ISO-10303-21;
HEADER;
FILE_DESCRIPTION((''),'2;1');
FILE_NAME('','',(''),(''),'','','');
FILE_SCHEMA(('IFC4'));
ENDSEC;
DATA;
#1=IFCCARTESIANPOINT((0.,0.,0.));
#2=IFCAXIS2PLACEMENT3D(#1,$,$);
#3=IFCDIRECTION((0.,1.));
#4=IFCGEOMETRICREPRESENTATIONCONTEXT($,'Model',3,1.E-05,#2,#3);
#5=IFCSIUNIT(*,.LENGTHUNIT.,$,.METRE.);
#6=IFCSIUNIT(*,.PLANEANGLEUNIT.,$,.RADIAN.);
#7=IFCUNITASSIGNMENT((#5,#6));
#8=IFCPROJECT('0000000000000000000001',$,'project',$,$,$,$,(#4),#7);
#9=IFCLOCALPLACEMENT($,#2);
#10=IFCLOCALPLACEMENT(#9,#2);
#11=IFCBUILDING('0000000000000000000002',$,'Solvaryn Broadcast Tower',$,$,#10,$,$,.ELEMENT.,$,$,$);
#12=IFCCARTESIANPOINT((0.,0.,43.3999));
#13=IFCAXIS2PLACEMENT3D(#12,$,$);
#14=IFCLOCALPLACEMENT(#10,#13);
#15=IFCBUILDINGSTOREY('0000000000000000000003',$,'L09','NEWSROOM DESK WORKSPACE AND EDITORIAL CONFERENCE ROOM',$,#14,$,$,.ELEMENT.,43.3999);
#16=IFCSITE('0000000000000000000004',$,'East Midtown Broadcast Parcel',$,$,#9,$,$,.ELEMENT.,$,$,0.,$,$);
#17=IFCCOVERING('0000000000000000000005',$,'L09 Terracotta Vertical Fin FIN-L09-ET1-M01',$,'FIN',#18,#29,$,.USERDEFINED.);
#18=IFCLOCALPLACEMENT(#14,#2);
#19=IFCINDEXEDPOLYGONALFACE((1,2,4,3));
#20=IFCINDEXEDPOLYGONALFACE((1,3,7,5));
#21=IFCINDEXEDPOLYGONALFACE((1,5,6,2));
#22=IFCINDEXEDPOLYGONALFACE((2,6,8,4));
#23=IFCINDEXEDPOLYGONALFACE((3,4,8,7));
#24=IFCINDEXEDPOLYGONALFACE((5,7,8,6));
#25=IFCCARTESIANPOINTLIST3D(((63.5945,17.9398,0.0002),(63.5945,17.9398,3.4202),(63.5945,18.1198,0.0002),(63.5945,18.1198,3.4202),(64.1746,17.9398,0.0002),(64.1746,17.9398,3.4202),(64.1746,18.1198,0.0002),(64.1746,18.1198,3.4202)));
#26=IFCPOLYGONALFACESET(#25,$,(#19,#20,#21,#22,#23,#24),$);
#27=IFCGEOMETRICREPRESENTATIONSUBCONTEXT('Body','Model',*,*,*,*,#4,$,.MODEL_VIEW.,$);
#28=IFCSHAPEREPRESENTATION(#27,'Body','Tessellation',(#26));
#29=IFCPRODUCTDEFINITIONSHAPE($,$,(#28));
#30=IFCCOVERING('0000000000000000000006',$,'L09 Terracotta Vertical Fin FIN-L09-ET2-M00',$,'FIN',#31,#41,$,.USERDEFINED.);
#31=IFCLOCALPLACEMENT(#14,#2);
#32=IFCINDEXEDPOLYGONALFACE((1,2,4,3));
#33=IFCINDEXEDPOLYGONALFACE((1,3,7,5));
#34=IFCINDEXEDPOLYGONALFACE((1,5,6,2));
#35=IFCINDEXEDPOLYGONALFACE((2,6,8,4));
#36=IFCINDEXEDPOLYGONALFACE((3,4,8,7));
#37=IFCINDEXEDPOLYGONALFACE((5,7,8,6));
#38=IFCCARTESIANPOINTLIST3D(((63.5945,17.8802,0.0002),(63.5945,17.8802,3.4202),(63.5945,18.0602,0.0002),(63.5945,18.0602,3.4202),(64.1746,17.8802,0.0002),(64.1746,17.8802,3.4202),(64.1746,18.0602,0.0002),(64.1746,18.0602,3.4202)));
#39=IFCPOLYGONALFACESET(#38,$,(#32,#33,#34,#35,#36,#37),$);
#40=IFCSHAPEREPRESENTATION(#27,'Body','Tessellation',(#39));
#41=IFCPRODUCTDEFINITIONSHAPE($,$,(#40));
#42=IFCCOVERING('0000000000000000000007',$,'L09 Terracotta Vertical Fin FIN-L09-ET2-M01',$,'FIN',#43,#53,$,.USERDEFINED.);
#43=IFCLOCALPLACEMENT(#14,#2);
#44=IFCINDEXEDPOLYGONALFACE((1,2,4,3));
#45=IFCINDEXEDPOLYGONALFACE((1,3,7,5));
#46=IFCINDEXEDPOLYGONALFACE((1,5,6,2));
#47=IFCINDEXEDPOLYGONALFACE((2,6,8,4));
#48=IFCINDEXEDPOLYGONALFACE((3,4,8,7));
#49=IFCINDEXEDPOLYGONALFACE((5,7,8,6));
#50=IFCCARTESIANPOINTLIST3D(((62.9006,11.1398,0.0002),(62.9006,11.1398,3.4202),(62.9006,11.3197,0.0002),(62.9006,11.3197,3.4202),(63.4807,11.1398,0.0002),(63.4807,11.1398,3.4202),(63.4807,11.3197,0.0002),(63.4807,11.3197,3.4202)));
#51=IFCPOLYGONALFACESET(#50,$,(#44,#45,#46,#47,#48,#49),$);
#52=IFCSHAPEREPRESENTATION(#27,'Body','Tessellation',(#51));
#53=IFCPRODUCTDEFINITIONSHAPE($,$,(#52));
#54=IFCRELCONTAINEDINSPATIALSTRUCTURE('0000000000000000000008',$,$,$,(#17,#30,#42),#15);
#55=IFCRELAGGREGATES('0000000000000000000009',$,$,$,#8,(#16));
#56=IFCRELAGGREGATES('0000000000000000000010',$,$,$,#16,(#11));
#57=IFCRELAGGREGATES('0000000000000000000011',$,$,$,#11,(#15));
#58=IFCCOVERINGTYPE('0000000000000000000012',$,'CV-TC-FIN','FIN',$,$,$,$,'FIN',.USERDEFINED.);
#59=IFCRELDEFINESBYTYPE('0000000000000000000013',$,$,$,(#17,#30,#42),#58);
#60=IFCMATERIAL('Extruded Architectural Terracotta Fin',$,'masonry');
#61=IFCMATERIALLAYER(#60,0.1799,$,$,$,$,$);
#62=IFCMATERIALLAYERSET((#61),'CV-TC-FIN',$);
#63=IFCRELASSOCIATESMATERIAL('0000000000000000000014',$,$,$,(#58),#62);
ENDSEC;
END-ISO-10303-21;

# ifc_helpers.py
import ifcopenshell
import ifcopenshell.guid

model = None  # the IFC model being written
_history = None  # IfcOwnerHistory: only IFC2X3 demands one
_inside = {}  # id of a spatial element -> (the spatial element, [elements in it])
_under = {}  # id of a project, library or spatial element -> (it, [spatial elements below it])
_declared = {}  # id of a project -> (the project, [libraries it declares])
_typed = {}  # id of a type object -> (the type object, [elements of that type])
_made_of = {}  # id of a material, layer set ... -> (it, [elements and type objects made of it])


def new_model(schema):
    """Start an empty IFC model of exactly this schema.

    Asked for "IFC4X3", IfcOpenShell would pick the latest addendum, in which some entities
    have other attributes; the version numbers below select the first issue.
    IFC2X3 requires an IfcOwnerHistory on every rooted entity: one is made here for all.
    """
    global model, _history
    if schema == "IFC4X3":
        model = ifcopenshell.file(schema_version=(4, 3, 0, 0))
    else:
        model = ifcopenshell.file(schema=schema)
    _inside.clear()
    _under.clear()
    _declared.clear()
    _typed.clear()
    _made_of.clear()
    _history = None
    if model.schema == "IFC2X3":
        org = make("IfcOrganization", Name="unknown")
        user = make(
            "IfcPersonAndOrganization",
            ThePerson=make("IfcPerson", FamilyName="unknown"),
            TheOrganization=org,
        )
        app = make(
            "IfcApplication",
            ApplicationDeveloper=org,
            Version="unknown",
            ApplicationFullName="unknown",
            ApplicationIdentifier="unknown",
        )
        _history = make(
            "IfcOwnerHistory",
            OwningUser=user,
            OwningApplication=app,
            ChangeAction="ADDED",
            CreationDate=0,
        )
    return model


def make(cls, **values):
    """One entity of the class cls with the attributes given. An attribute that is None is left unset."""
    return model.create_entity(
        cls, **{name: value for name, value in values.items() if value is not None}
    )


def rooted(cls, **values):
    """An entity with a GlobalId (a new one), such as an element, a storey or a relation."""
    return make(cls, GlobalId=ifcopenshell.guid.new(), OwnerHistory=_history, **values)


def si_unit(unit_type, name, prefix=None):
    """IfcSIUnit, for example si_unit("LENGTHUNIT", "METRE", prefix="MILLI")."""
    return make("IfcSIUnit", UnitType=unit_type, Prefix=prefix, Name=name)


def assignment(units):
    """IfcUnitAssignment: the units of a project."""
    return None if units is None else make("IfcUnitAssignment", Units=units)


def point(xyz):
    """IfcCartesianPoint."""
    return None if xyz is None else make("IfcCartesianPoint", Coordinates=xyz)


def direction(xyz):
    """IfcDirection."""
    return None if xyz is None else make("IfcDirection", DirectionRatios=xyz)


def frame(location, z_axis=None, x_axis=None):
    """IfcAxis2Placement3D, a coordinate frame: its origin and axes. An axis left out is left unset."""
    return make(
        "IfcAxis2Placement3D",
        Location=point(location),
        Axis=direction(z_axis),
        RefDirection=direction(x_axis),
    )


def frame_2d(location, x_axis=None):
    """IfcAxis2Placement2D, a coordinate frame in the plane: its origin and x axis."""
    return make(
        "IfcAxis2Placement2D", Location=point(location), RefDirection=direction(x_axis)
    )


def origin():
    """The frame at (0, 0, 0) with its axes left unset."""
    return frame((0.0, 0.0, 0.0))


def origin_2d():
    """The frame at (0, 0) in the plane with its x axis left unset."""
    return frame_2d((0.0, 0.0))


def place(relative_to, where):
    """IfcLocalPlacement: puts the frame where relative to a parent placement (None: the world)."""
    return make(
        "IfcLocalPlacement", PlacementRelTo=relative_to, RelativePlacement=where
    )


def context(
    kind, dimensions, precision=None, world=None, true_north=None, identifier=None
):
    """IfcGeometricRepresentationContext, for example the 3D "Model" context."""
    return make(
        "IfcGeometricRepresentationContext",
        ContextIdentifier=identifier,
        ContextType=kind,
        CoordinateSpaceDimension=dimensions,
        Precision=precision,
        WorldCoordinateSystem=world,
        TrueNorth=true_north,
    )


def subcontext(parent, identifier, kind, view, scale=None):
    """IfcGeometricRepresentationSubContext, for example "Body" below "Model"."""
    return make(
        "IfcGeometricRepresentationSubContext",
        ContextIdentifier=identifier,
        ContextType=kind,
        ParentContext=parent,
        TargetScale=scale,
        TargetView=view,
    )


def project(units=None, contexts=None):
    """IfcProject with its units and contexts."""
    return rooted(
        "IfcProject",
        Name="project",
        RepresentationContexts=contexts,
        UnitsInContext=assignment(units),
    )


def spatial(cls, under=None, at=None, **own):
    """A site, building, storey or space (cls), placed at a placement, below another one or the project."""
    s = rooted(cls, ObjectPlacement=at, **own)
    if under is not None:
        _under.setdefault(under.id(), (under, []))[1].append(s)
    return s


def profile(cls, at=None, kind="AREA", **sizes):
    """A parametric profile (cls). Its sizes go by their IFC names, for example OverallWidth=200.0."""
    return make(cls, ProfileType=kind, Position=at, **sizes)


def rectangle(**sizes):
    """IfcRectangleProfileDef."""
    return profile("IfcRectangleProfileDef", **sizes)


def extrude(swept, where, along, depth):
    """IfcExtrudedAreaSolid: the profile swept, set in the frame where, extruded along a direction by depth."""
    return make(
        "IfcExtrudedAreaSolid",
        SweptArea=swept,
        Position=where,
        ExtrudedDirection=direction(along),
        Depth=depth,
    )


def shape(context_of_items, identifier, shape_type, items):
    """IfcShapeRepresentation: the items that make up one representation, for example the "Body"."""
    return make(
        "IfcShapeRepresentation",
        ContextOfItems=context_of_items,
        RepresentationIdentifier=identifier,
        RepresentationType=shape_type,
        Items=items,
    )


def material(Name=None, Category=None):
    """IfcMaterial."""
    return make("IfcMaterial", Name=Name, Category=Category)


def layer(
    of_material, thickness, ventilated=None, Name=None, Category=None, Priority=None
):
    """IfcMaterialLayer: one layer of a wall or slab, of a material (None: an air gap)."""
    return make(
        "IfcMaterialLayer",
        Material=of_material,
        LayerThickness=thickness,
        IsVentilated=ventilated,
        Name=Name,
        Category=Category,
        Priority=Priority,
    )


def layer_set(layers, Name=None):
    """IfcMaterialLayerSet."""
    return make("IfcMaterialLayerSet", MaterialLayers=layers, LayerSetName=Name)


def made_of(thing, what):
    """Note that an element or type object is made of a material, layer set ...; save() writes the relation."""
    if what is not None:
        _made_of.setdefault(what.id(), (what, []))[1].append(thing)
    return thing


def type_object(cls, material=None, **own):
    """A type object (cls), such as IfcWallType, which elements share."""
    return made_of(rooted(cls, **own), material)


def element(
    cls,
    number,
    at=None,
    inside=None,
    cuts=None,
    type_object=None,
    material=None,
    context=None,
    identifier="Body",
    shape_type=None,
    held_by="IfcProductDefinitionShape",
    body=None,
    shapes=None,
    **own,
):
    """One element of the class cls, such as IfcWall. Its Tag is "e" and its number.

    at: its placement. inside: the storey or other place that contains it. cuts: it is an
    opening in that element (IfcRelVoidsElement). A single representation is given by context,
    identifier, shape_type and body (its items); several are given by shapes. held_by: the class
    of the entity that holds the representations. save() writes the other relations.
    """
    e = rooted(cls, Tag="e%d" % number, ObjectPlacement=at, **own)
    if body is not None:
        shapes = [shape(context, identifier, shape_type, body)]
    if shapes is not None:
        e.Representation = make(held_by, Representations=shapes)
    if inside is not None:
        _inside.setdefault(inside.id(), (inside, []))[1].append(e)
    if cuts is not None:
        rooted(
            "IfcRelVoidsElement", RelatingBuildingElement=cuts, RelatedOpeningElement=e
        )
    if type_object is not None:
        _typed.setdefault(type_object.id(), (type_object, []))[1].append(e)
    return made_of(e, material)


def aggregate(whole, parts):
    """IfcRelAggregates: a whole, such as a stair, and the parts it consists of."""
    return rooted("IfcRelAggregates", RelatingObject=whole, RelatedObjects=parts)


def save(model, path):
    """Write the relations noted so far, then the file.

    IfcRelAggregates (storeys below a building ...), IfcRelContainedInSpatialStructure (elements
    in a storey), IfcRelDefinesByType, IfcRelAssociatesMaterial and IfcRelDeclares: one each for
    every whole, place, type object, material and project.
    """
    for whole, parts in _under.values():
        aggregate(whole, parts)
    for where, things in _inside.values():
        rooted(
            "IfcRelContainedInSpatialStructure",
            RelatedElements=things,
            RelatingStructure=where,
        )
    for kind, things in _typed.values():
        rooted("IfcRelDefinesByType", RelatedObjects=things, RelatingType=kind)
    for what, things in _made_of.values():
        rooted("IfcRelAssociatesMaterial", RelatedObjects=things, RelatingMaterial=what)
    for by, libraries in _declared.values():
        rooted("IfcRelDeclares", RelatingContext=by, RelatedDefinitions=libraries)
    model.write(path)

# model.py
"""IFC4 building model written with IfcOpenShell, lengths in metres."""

from ifc_helpers import new_model, si_unit, direction, frame, origin, origin_2d, place, context, subcontext, project, spatial, rectangle, extrude, material, layer, layer_set, type_object, element, save


model = new_model("IFC4")

# Units and contexts
model_context = context("Model", 3, precision=1e-05, world=origin(), true_north=direction((0.0, 1.0)))
body_context = subcontext(model_context, "Body", "Model", "MODEL_VIEW")
ifc_project = project(units=[si_unit("LENGTHUNIT", "METRE"), si_unit("PLANEANGLEUNIT", "RADIAN")], contexts=[model_context])

# Site, building, storey
site_placement = place(None, origin())
site = spatial("IfcSite", under=ifc_project, at=site_placement, Name="East Midtown Broadcast Parcel", CompositionType="ELEMENT", RefElevation=0.0)
building_placement = place(site_placement, origin())
building = spatial("IfcBuilding", under=site, at=building_placement, Name="Solvaryn Broadcast Tower", CompositionType="ELEMENT")
storey_placement = place(building_placement, frame((0.0, 0.0, 43.3999)))
storey = spatial("IfcBuildingStorey", under=building, at=storey_placement, Name="L09", Description="NEWSROOM DESK WORKSPACE AND EDITORIAL CONFERENCE ROOM", CompositionType="ELEMENT", Elevation=43.3999)

# Coverings
ifc_material_1 = material(Name="Extruded Architectural Terracotta Fin", Category="masonry")
ifc_layer_1 = layer(ifc_material_1, 0.1799)
ifc_layer_set_1 = layer_set([ifc_layer_1], Name="CV-TC-FIN")
covering_type_1 = type_object("IfcCoveringType", Name="CV-TC-FIN", Description="FIN", ElementType="FIN", PredefinedType="USERDEFINED", material=ifc_layer_set_1)
for number, where, z_axis, x_axis, name in (
    (1, (63.8845, 18.0298, 0.0002), (0.0, 0.0, 1.0), (1.0, 0.0, 0.0), "L09 Terracotta Vertical Fin FIN-L09-ET1-M01"),
    (2, (63.8845, 17.9702, 0.0002), (0.0, 0.0, 1.0), (1.0, 0.0, 0.0), "L09 Terracotta Vertical Fin FIN-L09-ET2-M00"),
    (3, (63.1907, 11.2297, 0.0002), (0.0, 0.0, 1.0), (1.0, 0.0, 0.0), "L09 Terracotta Vertical Fin FIN-L09-ET2-M01"),
):
    element("IfcCovering", number, at=place(storey_placement, frame(where, z_axis=z_axis, x_axis=x_axis)), inside=storey, type_object=covering_type_1, Name=name, ObjectType="FIN", PredefinedType="USERDEFINED", context=body_context, shape_type="SweptSolid", body=[
        extrude(rectangle(XDim=0.5801, YDim=0.1799, at=origin_2d()), origin(), (0.0, 0.0, 1.0), 3.4199),
    ])

save(model, "model.ifc")
